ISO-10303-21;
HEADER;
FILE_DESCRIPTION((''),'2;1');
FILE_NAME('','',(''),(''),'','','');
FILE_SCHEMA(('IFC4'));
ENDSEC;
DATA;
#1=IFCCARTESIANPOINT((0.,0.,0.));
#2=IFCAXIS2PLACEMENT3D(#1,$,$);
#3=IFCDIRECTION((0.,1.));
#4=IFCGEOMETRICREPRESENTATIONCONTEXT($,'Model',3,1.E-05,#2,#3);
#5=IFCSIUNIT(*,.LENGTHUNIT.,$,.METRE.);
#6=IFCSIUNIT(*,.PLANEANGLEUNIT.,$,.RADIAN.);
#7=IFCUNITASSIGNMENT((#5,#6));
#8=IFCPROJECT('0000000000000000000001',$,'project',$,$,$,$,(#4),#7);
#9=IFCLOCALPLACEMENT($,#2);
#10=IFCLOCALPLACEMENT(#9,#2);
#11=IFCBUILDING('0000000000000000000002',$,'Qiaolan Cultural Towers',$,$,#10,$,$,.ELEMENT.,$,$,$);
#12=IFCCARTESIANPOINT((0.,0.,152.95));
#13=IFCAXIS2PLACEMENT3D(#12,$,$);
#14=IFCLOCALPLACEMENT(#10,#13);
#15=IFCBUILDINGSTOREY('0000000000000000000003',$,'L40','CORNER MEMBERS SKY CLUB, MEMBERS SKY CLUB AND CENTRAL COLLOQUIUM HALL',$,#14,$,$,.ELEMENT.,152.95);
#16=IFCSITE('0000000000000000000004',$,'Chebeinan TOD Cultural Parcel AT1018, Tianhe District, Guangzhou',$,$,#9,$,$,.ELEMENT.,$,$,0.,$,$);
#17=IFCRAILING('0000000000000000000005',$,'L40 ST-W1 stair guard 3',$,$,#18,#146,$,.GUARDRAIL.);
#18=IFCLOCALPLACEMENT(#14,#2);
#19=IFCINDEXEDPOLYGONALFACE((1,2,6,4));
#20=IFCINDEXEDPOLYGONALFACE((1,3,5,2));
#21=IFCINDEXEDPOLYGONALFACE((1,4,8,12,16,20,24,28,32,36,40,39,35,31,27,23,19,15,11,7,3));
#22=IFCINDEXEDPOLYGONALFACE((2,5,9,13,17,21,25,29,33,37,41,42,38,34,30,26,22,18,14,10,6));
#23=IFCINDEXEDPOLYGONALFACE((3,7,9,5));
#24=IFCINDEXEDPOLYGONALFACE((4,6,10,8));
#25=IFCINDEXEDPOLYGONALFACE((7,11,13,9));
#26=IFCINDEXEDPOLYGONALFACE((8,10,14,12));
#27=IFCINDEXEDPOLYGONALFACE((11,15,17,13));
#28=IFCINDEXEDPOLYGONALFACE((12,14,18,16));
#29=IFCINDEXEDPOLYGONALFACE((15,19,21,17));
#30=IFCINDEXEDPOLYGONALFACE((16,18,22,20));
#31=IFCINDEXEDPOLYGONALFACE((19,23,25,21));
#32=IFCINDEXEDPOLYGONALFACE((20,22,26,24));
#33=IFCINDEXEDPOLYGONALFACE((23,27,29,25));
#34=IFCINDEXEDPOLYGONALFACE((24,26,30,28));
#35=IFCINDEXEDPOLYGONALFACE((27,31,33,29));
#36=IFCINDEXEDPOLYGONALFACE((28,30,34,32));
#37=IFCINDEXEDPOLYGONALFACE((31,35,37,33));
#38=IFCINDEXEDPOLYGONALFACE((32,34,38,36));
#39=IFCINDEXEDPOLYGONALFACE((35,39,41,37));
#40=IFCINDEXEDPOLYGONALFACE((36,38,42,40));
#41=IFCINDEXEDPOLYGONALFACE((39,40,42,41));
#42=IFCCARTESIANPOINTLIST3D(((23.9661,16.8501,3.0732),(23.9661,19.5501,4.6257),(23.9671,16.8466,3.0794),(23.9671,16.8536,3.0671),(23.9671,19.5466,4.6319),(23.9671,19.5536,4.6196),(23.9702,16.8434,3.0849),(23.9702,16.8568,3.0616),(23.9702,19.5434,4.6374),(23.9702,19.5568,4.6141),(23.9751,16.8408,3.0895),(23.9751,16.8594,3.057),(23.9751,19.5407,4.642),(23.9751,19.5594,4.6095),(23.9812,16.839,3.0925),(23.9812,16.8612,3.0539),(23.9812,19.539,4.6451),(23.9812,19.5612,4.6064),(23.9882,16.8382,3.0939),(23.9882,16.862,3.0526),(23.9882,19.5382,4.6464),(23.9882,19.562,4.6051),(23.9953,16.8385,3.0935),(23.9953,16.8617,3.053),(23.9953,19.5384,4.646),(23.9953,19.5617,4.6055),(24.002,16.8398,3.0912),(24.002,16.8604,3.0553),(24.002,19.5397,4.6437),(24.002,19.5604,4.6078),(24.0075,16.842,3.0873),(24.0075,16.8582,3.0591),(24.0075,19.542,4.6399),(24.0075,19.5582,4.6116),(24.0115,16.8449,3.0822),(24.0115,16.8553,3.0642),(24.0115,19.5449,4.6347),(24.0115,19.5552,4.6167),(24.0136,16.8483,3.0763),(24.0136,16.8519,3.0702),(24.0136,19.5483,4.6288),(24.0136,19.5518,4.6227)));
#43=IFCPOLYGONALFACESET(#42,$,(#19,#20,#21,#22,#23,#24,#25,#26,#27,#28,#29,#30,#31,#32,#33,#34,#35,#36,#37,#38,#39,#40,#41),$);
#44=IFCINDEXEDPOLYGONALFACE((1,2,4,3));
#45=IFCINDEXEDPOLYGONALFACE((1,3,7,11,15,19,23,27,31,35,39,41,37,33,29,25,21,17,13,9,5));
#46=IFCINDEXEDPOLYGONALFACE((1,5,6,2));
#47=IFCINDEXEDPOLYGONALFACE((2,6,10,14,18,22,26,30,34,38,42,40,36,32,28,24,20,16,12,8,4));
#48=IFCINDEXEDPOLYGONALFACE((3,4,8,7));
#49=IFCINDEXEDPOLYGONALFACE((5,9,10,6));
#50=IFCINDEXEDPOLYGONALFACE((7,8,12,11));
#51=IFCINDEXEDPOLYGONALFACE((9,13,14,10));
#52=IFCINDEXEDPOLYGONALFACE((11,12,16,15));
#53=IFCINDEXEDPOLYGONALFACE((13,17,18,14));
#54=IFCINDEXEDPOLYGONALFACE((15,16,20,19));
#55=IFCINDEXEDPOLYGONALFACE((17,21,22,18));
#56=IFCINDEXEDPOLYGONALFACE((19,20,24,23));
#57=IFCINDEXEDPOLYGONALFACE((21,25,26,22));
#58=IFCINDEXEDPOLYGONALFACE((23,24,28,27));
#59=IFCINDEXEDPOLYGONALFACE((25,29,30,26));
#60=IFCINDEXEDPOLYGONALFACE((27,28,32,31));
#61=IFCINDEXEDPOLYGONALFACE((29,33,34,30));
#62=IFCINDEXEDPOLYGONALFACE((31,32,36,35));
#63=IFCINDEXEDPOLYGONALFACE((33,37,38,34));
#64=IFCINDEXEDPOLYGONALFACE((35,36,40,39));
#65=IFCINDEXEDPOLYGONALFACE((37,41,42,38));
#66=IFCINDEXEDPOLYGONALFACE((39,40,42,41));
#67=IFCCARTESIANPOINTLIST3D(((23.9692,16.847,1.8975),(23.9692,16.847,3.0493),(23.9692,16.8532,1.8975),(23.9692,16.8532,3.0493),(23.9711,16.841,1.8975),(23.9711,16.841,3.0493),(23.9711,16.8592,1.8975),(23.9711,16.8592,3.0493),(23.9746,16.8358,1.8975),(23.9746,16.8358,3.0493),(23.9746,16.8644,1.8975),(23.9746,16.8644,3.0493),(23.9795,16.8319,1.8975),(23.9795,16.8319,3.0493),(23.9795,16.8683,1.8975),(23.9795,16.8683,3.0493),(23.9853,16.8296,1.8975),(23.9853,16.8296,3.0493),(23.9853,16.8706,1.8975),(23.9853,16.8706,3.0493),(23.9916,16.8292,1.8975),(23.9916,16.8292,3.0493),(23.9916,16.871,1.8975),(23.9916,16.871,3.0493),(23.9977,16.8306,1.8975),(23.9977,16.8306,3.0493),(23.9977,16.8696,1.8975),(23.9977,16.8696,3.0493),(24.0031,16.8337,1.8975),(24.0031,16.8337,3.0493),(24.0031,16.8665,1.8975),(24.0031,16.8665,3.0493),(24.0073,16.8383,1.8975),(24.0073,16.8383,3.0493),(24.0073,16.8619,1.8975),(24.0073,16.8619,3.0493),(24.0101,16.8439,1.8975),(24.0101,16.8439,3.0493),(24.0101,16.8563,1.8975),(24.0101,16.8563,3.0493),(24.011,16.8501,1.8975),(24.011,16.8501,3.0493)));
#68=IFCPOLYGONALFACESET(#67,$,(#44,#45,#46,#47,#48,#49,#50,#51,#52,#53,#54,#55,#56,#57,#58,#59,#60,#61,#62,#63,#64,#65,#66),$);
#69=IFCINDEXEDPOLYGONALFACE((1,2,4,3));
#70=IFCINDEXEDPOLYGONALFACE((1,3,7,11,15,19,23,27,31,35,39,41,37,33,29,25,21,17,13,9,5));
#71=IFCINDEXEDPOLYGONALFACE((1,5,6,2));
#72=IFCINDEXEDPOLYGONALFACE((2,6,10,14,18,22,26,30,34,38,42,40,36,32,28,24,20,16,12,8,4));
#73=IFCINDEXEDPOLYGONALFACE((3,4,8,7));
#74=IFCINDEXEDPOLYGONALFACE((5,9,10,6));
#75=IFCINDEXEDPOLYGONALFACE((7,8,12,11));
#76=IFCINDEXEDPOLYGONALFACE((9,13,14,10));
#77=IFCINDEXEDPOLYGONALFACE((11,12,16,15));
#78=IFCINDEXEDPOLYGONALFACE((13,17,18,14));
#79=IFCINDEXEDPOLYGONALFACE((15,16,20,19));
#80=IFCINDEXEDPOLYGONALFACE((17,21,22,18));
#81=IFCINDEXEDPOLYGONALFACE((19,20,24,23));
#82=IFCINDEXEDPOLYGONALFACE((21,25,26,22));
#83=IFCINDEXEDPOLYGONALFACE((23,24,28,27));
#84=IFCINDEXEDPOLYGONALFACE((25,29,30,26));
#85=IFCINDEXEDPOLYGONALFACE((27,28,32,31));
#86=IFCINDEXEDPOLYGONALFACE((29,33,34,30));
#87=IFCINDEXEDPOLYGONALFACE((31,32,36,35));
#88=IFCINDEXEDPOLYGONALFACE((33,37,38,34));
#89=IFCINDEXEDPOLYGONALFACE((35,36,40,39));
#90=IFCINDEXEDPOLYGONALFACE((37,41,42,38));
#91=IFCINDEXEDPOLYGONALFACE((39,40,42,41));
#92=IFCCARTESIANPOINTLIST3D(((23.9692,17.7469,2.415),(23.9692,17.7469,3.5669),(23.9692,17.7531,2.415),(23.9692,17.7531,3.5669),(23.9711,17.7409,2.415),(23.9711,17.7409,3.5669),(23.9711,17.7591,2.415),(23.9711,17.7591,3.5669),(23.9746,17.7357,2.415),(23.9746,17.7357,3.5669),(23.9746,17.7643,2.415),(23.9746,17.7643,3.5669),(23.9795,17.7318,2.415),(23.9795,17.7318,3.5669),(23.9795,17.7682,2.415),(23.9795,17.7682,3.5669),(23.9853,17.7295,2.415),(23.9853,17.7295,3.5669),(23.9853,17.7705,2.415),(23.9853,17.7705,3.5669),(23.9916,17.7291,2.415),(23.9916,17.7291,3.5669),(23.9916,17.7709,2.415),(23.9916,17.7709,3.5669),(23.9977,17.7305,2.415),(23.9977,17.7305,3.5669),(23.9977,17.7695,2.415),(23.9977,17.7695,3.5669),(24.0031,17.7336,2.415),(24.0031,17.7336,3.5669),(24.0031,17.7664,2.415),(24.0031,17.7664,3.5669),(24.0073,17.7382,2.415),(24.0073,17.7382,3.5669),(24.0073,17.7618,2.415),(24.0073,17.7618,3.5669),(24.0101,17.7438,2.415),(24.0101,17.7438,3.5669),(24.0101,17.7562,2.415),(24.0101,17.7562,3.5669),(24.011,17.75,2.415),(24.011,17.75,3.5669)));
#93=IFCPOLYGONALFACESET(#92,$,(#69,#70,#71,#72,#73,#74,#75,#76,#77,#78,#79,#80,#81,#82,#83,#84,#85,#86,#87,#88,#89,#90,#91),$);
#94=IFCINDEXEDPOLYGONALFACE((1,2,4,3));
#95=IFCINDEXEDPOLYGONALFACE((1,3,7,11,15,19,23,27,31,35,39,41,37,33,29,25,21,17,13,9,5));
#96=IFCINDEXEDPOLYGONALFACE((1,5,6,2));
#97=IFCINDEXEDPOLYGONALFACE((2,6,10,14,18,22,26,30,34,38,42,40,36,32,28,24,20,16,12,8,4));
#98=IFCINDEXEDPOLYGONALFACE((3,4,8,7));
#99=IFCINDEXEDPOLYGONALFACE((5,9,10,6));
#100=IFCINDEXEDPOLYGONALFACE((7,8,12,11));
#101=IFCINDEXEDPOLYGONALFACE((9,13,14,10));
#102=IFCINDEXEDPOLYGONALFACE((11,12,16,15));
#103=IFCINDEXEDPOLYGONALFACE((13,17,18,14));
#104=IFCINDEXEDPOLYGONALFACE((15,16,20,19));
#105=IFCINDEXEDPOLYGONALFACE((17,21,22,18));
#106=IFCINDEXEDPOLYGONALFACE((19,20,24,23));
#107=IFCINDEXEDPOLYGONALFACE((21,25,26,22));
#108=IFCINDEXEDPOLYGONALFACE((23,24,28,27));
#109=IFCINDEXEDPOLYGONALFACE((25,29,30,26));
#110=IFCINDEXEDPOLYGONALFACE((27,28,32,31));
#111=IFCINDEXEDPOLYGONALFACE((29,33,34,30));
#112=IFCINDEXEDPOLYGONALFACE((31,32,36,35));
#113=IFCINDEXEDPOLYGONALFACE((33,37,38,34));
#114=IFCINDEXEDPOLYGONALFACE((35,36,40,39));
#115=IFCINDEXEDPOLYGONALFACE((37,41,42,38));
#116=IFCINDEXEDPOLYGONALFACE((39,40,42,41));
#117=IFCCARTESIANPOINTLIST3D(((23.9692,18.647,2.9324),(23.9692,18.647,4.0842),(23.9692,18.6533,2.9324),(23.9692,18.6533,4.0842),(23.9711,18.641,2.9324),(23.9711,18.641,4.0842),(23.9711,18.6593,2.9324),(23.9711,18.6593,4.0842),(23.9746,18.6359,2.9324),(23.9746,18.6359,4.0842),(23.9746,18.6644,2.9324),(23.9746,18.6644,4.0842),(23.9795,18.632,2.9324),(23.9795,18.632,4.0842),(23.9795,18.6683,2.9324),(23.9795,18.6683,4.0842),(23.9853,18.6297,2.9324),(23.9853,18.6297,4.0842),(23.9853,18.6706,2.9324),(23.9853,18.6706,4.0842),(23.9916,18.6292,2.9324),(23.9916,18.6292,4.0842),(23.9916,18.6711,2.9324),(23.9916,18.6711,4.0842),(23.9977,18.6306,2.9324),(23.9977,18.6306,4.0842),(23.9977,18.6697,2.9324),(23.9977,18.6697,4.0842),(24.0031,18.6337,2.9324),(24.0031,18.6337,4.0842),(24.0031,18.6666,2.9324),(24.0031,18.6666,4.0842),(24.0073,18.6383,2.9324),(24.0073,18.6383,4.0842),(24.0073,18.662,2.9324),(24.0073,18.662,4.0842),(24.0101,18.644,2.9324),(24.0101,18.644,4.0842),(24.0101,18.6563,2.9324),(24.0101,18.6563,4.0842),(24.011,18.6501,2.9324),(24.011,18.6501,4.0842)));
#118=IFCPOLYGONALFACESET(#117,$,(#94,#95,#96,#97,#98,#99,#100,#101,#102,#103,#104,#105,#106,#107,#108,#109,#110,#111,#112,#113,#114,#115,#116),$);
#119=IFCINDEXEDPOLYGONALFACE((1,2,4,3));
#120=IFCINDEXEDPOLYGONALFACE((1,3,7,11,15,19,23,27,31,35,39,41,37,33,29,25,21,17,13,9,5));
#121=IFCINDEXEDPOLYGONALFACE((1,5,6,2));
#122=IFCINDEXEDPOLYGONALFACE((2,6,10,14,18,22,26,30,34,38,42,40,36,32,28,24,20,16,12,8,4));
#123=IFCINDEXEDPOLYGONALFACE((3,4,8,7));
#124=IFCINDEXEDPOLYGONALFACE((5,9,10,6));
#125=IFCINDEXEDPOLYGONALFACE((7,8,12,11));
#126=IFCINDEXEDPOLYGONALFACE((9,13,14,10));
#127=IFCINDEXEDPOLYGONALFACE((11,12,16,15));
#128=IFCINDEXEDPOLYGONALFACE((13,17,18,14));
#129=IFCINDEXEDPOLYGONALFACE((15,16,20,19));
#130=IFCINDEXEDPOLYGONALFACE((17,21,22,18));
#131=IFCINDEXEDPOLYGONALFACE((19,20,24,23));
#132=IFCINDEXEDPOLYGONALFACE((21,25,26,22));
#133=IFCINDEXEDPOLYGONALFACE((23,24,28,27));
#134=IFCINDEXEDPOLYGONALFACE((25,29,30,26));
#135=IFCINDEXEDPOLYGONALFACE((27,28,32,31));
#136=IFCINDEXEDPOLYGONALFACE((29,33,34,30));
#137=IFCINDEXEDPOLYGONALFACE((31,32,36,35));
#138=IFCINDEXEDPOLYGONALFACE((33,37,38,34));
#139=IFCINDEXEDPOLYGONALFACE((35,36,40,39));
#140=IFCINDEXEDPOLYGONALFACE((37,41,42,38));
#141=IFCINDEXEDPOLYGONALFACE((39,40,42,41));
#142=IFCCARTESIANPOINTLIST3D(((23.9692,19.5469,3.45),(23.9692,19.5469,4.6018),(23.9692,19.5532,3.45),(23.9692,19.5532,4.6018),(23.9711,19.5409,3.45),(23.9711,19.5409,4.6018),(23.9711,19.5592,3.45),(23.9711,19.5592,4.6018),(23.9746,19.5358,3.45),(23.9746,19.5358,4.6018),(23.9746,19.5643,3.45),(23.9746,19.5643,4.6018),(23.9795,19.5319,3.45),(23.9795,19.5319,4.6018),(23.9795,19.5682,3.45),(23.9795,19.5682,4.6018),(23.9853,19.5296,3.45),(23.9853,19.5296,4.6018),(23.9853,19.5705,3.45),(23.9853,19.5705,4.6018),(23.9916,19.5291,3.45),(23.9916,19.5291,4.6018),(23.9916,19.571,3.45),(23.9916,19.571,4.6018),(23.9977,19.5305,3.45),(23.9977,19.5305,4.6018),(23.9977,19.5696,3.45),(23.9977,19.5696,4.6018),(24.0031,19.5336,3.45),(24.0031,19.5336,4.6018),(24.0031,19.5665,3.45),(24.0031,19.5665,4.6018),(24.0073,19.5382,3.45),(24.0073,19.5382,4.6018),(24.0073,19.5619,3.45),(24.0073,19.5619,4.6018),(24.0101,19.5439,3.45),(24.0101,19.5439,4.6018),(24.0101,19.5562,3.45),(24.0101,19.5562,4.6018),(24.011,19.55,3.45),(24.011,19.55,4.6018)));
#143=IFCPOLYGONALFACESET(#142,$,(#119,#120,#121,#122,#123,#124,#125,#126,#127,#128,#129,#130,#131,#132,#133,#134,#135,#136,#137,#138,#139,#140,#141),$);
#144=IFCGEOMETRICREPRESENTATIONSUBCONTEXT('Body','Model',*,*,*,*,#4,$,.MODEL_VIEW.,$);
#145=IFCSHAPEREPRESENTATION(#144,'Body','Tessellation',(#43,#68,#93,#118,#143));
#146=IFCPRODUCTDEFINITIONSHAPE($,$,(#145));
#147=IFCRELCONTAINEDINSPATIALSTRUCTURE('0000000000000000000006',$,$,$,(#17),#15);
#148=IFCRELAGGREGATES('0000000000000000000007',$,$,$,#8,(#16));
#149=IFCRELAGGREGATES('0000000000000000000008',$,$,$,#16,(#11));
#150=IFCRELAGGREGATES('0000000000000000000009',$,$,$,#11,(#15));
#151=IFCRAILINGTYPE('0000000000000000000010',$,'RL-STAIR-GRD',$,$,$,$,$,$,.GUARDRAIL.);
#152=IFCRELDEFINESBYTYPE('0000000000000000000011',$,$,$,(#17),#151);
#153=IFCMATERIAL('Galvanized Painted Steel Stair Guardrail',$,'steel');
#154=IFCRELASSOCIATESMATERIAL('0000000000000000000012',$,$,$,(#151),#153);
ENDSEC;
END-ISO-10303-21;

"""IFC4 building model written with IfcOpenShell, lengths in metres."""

from ifc_helpers import new_model, si_unit, direction, frame, origin, origin_2d, place, context, subcontext, project, spatial, circle, extrude, material, type_object, element, save


model = new_model("IFC4")

# Units and contexts
model_context = context("Model", 3, precision=1e-05, world=origin(), true_north=direction((0.0, 1.0)))
body_context = subcontext(model_context, "Body", "Model", "MODEL_VIEW")
ifc_project = project(units=[si_unit("LENGTHUNIT", "METRE"), si_unit("PLANEANGLEUNIT", "RADIAN")], contexts=[model_context])

# Site, building, storey
site_placement = place(None, origin())
site = spatial("IfcSite", under=ifc_project, at=site_placement, Name="Chebeinan TOD Cultural Parcel AT1018, Tianhe District, Guangzhou", CompositionType="ELEMENT", RefElevation=0.0)
building_placement = place(site_placement, origin())
building = spatial("IfcBuilding", under=site, at=building_placement, Name="Qiaolan Cultural Towers", CompositionType="ELEMENT")
storey_placement = place(building_placement, frame((0.0, 0.0, 152.95)))
storey = spatial("IfcBuildingStorey", under=building, at=storey_placement, Name="L40", Description="CORNER MEMBERS SKY CLUB, MEMBERS SKY CLUB AND CENTRAL COLLOQUIUM HALL", CompositionType="ELEMENT", Elevation=152.95)

# Railing
ifc_material_1 = material(Name="Galvanized Painted Steel Stair Guardrail", Category="steel")
railing_type_1 = type_object("IfcRailingType", Name="RL-STAIR-GRD", PredefinedType="GUARDRAIL", material=ifc_material_1)
railing_1_placement = place(storey_placement, frame((23.99, 16.8501, 1.8975)))
element("IfcRailing", 1, at=railing_1_placement, inside=storey, type_object=railing_type_1, Name="L40 ST-W1 stair guard 3", PredefinedType="GUARDRAIL", context=body_context, shape_type="SweptSolid", body=[
    extrude(circle(Radius=0.0239, at=origin_2d()), frame((0.0, 0.0, 1.1758), z_axis=(0.0, 0.866904, 0.498476), x_axis=(-1.0, 0.0, 0.0)), (0.0, 0.0, 1.0), 3.1145),
    extrude(circle(Radius=0.021, at=origin_2d()), origin(), (0.0, 0.0, 1.0), 1.1519),
    extrude(circle(Radius=0.021, at=origin_2d()), frame((0.0, 0.8999, 0.5176)), (0.0, 0.0, 1.0), 1.1519),
    extrude(circle(Radius=0.021, at=origin_2d()), frame((0.0, 1.8, 1.0349)), (0.0, 0.0, 1.0), 1.1519),
    extrude(circle(Radius=0.021, at=origin_2d()), frame((0.0, 2.7, 1.5525)), (0.0, 0.0, 1.0), 1.1519),
])

save(model, "model.ifc")
